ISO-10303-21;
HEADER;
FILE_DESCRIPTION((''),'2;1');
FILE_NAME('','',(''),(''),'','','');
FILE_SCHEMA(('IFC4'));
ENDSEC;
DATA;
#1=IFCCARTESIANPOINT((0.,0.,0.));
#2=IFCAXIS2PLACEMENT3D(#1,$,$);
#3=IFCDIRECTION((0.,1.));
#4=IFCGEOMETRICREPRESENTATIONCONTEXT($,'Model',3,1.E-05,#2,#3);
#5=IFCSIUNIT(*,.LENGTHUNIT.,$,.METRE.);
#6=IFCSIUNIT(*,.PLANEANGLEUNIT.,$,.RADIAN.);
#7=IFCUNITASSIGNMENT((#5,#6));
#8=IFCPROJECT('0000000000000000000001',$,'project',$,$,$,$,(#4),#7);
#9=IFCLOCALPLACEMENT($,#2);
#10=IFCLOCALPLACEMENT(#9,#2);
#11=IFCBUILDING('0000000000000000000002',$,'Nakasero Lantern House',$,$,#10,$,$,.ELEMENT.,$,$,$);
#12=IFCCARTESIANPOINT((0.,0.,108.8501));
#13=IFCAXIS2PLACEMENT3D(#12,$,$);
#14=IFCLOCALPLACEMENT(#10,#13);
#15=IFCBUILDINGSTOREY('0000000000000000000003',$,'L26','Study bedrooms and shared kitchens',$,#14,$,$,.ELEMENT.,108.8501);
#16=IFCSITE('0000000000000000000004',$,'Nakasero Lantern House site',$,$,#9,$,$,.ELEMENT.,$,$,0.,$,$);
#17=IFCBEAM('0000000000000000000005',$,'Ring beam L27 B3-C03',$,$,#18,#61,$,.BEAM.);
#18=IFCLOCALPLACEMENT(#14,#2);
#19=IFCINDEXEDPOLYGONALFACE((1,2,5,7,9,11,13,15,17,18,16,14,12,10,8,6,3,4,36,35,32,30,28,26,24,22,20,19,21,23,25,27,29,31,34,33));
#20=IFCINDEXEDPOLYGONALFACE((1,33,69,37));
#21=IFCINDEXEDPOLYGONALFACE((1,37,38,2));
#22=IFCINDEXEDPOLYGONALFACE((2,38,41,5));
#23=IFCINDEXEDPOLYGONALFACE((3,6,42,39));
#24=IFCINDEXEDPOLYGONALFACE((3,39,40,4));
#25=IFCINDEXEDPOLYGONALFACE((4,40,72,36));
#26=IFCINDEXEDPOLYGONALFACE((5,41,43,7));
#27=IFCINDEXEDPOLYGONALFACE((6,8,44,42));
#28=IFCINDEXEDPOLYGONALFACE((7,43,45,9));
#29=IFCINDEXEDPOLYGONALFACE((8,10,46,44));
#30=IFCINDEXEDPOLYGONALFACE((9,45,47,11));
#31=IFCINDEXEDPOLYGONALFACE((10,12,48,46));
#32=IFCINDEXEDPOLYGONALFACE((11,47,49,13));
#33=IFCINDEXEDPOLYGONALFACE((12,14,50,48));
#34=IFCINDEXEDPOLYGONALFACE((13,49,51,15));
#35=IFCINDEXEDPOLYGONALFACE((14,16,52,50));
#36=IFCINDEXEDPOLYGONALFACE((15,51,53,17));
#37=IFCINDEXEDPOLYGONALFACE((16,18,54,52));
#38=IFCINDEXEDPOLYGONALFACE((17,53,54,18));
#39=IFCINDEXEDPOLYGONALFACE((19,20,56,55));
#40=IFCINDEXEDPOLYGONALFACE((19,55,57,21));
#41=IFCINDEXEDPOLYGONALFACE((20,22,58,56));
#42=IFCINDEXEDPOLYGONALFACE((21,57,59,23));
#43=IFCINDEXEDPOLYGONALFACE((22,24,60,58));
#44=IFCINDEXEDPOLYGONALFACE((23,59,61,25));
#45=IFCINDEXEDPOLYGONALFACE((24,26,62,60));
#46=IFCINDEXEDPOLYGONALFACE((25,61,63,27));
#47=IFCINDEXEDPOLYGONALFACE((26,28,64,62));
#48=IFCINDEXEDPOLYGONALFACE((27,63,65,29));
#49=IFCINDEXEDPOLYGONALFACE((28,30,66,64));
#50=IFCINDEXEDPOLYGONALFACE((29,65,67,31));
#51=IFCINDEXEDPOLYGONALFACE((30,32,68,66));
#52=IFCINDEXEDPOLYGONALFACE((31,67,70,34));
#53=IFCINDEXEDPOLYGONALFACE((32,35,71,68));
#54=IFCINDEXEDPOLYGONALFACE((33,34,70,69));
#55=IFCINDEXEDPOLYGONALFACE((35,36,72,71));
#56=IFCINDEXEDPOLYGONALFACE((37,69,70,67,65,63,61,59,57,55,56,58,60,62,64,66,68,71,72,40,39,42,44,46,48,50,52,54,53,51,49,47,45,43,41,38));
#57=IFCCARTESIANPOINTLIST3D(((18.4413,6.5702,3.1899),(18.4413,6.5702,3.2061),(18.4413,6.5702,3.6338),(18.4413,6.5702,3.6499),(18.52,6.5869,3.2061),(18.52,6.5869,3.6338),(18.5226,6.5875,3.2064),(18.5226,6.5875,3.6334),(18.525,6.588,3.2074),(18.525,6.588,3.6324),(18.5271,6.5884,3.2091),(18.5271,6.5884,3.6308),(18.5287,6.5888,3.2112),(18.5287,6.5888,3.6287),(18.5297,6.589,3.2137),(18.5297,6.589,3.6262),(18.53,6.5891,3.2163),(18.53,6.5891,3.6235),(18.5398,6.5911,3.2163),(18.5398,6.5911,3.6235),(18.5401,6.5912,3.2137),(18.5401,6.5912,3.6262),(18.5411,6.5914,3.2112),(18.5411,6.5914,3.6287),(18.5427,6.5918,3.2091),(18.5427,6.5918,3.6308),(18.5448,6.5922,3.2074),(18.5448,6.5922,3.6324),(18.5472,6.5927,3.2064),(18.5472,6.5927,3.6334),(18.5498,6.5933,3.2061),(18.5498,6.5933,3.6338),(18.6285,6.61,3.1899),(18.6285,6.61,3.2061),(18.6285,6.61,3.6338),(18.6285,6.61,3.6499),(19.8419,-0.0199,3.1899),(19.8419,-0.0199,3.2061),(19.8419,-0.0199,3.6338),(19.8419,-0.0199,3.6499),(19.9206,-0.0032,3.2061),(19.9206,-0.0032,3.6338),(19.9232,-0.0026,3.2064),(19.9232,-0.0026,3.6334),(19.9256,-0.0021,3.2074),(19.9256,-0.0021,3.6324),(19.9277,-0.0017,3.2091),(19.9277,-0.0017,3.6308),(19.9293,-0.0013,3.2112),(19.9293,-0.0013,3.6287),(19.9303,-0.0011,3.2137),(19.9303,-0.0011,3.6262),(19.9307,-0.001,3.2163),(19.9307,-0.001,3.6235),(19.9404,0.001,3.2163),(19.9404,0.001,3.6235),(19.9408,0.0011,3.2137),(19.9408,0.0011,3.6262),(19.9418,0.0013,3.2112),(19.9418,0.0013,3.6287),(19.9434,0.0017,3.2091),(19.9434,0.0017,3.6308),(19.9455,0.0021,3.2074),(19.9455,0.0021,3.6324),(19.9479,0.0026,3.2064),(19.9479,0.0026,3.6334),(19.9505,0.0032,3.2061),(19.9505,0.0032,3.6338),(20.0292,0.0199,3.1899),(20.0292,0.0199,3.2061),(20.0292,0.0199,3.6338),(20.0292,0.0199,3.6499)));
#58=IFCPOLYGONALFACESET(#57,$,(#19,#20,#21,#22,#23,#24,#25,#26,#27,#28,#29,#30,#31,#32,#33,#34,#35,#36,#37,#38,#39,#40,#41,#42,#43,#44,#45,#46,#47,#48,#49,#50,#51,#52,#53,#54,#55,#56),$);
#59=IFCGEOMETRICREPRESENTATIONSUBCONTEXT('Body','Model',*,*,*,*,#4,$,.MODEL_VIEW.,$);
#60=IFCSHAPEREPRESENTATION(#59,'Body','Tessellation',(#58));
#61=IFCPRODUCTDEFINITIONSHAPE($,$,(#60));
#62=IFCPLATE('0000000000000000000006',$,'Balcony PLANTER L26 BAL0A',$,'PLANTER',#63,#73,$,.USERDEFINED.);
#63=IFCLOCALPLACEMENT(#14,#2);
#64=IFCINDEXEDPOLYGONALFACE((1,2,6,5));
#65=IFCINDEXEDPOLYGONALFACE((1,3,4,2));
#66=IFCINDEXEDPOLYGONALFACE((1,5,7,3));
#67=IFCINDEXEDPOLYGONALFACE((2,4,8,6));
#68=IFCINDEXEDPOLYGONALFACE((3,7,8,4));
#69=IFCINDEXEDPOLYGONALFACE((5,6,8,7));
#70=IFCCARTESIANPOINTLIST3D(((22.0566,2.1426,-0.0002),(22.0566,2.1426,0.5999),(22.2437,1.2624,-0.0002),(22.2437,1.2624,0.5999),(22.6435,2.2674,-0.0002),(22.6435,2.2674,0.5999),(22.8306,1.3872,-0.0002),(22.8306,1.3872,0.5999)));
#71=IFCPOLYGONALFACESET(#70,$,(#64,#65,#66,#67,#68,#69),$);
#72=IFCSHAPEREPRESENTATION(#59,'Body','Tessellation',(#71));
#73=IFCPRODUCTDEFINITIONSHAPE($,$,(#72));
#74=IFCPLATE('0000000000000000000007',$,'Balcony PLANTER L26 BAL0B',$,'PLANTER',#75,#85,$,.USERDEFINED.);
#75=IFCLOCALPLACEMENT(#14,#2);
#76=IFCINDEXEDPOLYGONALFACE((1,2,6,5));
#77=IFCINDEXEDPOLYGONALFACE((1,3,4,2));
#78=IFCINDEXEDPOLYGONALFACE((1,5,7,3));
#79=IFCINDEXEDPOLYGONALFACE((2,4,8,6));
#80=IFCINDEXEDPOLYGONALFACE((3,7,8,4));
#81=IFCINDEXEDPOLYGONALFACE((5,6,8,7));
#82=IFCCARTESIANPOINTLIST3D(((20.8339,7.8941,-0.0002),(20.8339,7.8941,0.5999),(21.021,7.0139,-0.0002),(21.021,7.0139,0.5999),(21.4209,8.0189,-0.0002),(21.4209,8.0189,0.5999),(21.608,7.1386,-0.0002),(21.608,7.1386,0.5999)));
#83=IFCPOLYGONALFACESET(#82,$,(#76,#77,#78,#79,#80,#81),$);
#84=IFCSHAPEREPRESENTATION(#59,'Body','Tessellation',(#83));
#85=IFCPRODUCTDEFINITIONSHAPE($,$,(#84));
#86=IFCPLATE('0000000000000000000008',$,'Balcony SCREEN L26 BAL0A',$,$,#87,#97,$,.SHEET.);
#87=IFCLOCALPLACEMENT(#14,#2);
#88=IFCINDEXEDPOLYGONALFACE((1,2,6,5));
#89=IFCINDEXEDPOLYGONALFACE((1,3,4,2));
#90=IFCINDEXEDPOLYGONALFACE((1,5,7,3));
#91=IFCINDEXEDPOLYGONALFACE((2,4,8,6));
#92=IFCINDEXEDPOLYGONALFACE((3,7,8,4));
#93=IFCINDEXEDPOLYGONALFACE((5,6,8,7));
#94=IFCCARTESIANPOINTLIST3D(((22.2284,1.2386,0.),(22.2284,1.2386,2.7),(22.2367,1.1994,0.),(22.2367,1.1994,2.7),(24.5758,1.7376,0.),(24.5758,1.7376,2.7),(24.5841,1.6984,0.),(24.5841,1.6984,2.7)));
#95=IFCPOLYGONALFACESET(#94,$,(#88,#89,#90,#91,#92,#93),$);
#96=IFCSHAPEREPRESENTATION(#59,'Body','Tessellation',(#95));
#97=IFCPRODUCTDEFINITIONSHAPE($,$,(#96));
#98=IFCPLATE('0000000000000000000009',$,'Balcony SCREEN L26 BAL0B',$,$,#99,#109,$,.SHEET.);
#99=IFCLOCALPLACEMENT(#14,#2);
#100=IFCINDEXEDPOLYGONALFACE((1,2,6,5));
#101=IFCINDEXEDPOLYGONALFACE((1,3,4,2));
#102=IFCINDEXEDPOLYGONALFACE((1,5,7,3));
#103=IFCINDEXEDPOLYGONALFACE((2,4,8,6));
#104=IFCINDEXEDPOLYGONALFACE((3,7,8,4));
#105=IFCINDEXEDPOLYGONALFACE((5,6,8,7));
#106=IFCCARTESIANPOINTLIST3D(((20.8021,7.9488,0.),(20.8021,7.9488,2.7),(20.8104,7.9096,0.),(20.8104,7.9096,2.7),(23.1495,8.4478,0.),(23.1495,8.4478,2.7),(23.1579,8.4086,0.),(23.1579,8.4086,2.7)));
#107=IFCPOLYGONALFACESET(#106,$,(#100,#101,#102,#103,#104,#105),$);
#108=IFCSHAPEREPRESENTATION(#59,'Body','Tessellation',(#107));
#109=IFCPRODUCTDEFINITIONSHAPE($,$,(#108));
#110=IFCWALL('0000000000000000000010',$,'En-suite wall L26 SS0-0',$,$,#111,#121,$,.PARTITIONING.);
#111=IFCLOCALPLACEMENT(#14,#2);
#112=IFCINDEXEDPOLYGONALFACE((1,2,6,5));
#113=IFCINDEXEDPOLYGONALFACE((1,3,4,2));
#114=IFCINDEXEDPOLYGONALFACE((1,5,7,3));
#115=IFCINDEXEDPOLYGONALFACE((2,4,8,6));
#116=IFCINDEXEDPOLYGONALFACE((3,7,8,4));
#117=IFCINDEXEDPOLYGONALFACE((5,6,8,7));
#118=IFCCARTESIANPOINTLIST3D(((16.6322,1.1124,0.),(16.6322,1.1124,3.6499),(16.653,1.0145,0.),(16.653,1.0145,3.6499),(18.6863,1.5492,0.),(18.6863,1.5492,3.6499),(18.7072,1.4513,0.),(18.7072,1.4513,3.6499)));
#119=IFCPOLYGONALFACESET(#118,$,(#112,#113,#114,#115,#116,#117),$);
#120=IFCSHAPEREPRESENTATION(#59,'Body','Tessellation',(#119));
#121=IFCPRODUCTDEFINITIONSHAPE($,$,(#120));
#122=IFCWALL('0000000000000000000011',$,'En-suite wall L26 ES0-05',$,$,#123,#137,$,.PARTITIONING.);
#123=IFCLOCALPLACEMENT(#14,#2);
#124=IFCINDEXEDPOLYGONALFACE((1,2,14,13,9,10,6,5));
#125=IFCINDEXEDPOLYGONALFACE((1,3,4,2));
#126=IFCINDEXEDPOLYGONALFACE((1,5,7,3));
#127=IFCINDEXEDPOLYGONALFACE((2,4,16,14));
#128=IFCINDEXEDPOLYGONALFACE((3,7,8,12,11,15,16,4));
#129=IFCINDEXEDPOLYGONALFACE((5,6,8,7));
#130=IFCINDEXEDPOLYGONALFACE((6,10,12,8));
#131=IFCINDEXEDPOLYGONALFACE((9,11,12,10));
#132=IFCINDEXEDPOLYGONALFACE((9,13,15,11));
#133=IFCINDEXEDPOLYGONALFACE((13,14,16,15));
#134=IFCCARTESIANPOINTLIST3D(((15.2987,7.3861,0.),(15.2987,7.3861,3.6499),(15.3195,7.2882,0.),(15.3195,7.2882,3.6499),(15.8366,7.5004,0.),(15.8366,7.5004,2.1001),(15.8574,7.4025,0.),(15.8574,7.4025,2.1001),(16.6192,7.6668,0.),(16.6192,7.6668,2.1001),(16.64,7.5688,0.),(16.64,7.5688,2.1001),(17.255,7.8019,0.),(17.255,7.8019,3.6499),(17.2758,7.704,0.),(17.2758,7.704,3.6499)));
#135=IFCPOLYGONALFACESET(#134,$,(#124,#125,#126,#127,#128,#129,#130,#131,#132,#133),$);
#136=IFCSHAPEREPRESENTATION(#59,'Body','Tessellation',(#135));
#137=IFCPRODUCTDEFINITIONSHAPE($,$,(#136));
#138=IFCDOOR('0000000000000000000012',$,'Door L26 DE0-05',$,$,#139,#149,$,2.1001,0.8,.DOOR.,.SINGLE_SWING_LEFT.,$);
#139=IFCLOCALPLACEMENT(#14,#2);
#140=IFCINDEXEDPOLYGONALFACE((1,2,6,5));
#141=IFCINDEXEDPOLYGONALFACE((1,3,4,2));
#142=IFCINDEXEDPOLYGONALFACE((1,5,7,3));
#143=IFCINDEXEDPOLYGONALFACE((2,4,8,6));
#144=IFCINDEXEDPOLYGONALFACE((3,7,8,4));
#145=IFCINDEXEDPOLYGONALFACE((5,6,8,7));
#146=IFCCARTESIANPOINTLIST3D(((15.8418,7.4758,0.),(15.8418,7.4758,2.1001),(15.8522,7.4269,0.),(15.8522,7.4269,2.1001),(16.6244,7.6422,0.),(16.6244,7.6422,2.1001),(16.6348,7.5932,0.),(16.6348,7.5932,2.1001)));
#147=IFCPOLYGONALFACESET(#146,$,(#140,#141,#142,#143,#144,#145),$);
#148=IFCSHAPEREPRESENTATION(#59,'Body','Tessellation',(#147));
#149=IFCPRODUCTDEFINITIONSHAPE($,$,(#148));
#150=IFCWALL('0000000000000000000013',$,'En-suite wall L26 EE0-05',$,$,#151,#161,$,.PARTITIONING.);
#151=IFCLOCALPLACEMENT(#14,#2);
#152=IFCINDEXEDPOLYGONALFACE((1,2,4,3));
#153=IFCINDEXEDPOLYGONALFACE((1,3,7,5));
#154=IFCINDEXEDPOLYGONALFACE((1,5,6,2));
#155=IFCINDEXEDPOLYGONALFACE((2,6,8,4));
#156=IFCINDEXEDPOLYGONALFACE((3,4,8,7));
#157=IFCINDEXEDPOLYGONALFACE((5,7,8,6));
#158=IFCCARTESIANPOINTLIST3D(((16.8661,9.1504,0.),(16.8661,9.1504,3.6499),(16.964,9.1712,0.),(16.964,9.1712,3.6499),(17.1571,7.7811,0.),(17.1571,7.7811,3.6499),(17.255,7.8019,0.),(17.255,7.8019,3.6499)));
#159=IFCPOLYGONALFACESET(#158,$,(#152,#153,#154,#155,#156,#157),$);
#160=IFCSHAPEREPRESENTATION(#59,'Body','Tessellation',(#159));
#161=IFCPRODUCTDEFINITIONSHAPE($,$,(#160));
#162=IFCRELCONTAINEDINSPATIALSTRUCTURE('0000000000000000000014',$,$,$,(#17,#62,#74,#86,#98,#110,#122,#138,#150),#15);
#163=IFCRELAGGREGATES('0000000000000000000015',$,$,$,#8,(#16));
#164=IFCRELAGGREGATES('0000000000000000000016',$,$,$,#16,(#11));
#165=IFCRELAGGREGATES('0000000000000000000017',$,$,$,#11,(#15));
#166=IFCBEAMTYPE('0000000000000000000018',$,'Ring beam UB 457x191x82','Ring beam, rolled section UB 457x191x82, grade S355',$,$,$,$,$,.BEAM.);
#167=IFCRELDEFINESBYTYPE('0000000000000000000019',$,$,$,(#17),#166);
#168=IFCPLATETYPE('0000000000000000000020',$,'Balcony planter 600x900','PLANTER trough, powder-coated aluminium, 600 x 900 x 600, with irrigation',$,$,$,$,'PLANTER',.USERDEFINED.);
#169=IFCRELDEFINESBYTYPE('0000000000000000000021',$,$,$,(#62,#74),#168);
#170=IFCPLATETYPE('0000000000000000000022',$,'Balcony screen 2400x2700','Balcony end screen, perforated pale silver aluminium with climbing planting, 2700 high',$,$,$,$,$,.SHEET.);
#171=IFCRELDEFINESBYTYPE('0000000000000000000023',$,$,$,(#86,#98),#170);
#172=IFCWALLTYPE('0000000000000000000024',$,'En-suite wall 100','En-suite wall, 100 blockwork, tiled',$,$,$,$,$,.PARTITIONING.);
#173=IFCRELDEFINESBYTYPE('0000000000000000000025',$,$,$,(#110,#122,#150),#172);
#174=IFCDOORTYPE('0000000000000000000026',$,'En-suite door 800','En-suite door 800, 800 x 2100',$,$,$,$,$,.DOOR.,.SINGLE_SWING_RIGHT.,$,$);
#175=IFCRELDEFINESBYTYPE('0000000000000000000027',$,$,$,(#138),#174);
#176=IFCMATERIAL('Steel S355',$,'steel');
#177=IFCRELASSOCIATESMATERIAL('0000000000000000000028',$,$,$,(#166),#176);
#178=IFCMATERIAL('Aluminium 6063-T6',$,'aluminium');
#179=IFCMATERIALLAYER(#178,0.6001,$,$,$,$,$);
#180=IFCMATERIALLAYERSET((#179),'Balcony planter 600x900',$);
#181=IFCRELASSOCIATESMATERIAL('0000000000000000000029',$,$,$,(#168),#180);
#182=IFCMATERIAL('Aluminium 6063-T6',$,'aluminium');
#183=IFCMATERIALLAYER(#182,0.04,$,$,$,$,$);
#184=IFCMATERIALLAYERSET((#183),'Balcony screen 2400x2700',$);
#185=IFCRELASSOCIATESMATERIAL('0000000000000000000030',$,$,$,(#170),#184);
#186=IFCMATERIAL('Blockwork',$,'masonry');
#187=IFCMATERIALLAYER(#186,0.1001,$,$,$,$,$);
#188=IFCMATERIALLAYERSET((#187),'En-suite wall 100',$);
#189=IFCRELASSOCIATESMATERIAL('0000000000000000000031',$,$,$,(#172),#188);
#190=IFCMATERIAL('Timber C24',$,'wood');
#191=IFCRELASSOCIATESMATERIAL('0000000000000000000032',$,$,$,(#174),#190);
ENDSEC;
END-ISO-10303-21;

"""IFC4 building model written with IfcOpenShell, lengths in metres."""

from ifc_helpers import new_model, si_unit, direction, frame, frame_2d, origin, origin_2d, place, context, subcontext, project, spatial, rectangle, i_section, extrude, material, layer, layer_set, material_profile, profile_set, type_object, element, fill, save


model = new_model("IFC4")

# Units and contexts
model_context = context("Model", 3, precision=1e-05, world=origin(), true_north=direction((0.0, 1.0)))
body_context = subcontext(model_context, "Body", "Model", "MODEL_VIEW")
ifc_project = project(units=[si_unit("LENGTHUNIT", "METRE"), si_unit("PLANEANGLEUNIT", "RADIAN")], contexts=[model_context])

# Site, building, storey
site_placement = place(None, origin())
site = spatial("IfcSite", under=ifc_project, at=site_placement, Name="Nakasero Lantern House site", CompositionType="ELEMENT", RefElevation=0.0)
building_placement = place(site_placement, origin())
building = spatial("IfcBuilding", under=site, at=building_placement, Name="Nakasero Lantern House", CompositionType="ELEMENT")
storey_placement = place(building_placement, frame((0.0, 0.0, 108.8501)))
storey = spatial("IfcBuildingStorey", under=building, at=storey_placement, Name="L26", Description="Study bedrooms and shared kitchens", CompositionType="ELEMENT", Elevation=108.8501)

# Beam
ifc_material_1 = material(Name="Steel S355", Category="steel")
ifc_material_profile_1 = material_profile(ifc_material_1, i_section(OverallWidth=0.1914, OverallDepth=0.46, WebThickness=0.01, FlangeThickness=0.0161, FilletRadius=0.0103, at=origin_2d()), Name="UB 457x191x82")
ifc_profile_set_1 = profile_set([ifc_material_profile_1], Name="Steel S355")
beam_type_1 = type_object("IfcBeamType", Name="Ring beam UB 457x191x82", Description="Ring beam, rolled section UB 457x191x82, grade S355", PredefinedType="BEAM", material=ifc_profile_set_1)
beam_1_placement = place(storey_placement, frame((19.9355, 0.0, 3.4199), z_axis=(-0.207893, 0.978152, 0.0), x_axis=(-0.978152, -0.207893, 0.0)))
element("IfcBeam", 1, at=beam_1_placement, inside=storey, type_object=beam_type_1, Name="Ring beam L27 B3-C03", PredefinedType="BEAM", context=body_context, shape_type="SweptSolid", body=[
    extrude(i_section(OverallWidth=0.1914, OverallDepth=0.46, WebThickness=0.01, FlangeThickness=0.0161, FilletRadius=0.0103, at=origin_2d()), origin(), (0.0, 0.0, 1.0), 6.7373),
])

# Plates
ifc_material_2 = material(Name="Aluminium 6063-T6", Category="aluminium")
ifc_layer_1 = layer(ifc_material_2, 0.6001)
ifc_layer_set_1 = layer_set([ifc_layer_1], Name="Balcony planter 600x900")
plate_type_1 = type_object("IfcPlateType", Name="Balcony planter 600x900", Description="PLANTER trough, powder-coated aluminium, 600 x 900 x 600, with irrigation", ElementType="PLANTER", PredefinedType="USERDEFINED", material=ifc_layer_set_1)
for number, where, z_axis, x_axis, name in (
    (2, (22.4436, 1.7649, -0.0002), (0.0, 0.0, 1.0), (0.978148, 0.207912, 0.0), "Balcony PLANTER L26 BAL0A"),
    (3, (21.2209, 7.5164, -0.0002), (0.0, 0.0, 1.0), (0.978148, 0.207912, 0.0), "Balcony PLANTER L26 BAL0B"),
):
    element("IfcPlate", number, at=place(storey_placement, frame(where, z_axis=z_axis, x_axis=x_axis)), inside=storey, type_object=plate_type_1, Name=name, ObjectType="PLANTER", PredefinedType="USERDEFINED", context=body_context, shape_type="SweptSolid", body=[
        extrude(rectangle(XDim=0.6001, YDim=0.8999, at=origin_2d()), origin(), (0.0, 0.0, 1.0), 0.6001),
    ])
ifc_material_3 = material(Name="Aluminium 6063-T6", Category="aluminium")
ifc_layer_2 = layer(ifc_material_3, 0.04)
ifc_layer_set_2 = layer_set([ifc_layer_2], Name="Balcony screen 2400x2700")
plate_type_2 = type_object("IfcPlateType", Name="Balcony screen 2400x2700", Description="Balcony end screen, perforated pale silver aluminium with climbing planting, 2700 high", PredefinedType="SHEET", material=ifc_layer_set_2)
for number, where, z_axis, x_axis, name in (
    (4, (23.4062, 1.4685, 0.0), (0.0, 0.0, 1.0), (0.978148, 0.207912, 0.0), "Balcony SCREEN L26 BAL0A"),
    (5, (21.98, 8.1787, 0.0), (0.0, 0.0, 1.0), (0.978148, 0.207912, 0.0), "Balcony SCREEN L26 BAL0B"),
):
    element("IfcPlate", number, at=place(storey_placement, frame(where, z_axis=z_axis, x_axis=x_axis)), inside=storey, type_object=plate_type_2, Name=name, PredefinedType="SHEET", context=body_context, shape_type="SweptSolid", body=[
        extrude(rectangle(XDim=2.3999, YDim=0.04, at=origin_2d()), origin(), (0.0, 0.0, 1.0), 2.7),
    ])

# Wall
ifc_material_4 = material(Name="Blockwork", Category="masonry")
ifc_layer_3 = layer(ifc_material_4, 0.1001)
ifc_layer_set_3 = layer_set([ifc_layer_3], Name="En-suite wall 100")
wall_type_1 = type_object("IfcWallType", Name="En-suite wall 100", Description="En-suite wall, 100 blockwork, tiled", PredefinedType="PARTITIONING", material=ifc_layer_set_3)
wall_1_placement = place(storey_placement, frame((16.6426, 1.0635, 0.0), z_axis=(0.0, 0.0, 1.0), x_axis=(0.978135, 0.207973, 0.0)))
element("IfcWall", 6, at=wall_1_placement, inside=storey, type_object=wall_type_1, Name="En-suite wall L26 SS0-0", PredefinedType="PARTITIONING", context=body_context, shape_type="SweptSolid", body=[
    extrude(rectangle(XDim=2.1001, YDim=0.1001, at=frame_2d((1.05, 0.0))), origin(), (0.0, 0.0, 1.0), 3.6499),
])

# Wall, opening, door
wall_2_placement = place(storey_placement, frame((15.3091, 7.3372, 0.0), z_axis=(0.0, 0.0, 1.0), x_axis=(0.978153, 0.207886, 0.0)))
wall_2 = element("IfcWall", 7, at=wall_2_placement, inside=storey, type_object=wall_type_1, Name="En-suite wall L26 ES0-05", PredefinedType="PARTITIONING", context=body_context, shape_type="SweptSolid", body=[
    extrude(rectangle(XDim=2.0, YDim=0.1001, at=frame_2d((1.0, 0.0))), origin(), (0.0, 0.0, 1.0), 3.6499),
])
opening_1_placement = place(wall_2_placement, frame((0.55, 0.0, 0.0)))
opening_1 = element("IfcOpeningElement", 8, at=opening_1_placement, cuts=wall_2, PredefinedType="OPENING", context=body_context, shape_type="SweptSolid", body=[
    extrude(rectangle(XDim=0.8, YDim=2.1001, at=frame_2d((0.3999, 1.05))), frame((0.0, 0.0701, 0.0), z_axis=(0.0, -1.0, 0.0), x_axis=(1.0, 0.0, 0.0)), (0.0, 0.0, 1.0), 0.1401),
])
ifc_material_5 = material(Name="Timber C24", Category="wood")
door_type = type_object("IfcDoorType", Name="En-suite door 800", Description="En-suite door 800, 800 x 2100", OperationType="SINGLE_SWING_RIGHT", PredefinedType="DOOR", material=ifc_material_5)
door_1_placement = place(opening_1_placement, origin())
door_1 = element("IfcDoor", 9, at=door_1_placement, inside=storey, type_object=door_type, Name="Door L26 DE0-05", OperationType="SINGLE_SWING_LEFT", OverallHeight=2.1001, OverallWidth=0.8, PredefinedType="DOOR", context=body_context, shape_type="SweptSolid", body=[
    extrude(rectangle(XDim=0.8, YDim=2.1001, at=frame_2d((0.3999, 1.05))), frame((0.0, 0.0249, 0.0), z_axis=(0.0, -1.0, 0.0), x_axis=(1.0, 0.0, 0.0)), (0.0, 0.0, 1.0), 0.05),
])
fill(opening_1, door_1)

# Wall
wall_3_placement = place(storey_placement, frame((17.2061, 7.7915, 0.0), z_axis=(0.0, 0.0, 1.0), x_axis=(-0.207873, 0.978156, 0.0)))
element("IfcWall", 10, at=wall_3_placement, inside=storey, type_object=wall_type_1, Name="En-suite wall L26 EE0-05", PredefinedType="PARTITIONING", context=body_context, shape_type="SweptSolid", body=[
    extrude(rectangle(XDim=1.3999, YDim=0.1001, at=frame_2d((0.7, 0.0))), origin(), (0.0, 0.0, 1.0), 3.6499),
])

save(model, "model.ifc")
